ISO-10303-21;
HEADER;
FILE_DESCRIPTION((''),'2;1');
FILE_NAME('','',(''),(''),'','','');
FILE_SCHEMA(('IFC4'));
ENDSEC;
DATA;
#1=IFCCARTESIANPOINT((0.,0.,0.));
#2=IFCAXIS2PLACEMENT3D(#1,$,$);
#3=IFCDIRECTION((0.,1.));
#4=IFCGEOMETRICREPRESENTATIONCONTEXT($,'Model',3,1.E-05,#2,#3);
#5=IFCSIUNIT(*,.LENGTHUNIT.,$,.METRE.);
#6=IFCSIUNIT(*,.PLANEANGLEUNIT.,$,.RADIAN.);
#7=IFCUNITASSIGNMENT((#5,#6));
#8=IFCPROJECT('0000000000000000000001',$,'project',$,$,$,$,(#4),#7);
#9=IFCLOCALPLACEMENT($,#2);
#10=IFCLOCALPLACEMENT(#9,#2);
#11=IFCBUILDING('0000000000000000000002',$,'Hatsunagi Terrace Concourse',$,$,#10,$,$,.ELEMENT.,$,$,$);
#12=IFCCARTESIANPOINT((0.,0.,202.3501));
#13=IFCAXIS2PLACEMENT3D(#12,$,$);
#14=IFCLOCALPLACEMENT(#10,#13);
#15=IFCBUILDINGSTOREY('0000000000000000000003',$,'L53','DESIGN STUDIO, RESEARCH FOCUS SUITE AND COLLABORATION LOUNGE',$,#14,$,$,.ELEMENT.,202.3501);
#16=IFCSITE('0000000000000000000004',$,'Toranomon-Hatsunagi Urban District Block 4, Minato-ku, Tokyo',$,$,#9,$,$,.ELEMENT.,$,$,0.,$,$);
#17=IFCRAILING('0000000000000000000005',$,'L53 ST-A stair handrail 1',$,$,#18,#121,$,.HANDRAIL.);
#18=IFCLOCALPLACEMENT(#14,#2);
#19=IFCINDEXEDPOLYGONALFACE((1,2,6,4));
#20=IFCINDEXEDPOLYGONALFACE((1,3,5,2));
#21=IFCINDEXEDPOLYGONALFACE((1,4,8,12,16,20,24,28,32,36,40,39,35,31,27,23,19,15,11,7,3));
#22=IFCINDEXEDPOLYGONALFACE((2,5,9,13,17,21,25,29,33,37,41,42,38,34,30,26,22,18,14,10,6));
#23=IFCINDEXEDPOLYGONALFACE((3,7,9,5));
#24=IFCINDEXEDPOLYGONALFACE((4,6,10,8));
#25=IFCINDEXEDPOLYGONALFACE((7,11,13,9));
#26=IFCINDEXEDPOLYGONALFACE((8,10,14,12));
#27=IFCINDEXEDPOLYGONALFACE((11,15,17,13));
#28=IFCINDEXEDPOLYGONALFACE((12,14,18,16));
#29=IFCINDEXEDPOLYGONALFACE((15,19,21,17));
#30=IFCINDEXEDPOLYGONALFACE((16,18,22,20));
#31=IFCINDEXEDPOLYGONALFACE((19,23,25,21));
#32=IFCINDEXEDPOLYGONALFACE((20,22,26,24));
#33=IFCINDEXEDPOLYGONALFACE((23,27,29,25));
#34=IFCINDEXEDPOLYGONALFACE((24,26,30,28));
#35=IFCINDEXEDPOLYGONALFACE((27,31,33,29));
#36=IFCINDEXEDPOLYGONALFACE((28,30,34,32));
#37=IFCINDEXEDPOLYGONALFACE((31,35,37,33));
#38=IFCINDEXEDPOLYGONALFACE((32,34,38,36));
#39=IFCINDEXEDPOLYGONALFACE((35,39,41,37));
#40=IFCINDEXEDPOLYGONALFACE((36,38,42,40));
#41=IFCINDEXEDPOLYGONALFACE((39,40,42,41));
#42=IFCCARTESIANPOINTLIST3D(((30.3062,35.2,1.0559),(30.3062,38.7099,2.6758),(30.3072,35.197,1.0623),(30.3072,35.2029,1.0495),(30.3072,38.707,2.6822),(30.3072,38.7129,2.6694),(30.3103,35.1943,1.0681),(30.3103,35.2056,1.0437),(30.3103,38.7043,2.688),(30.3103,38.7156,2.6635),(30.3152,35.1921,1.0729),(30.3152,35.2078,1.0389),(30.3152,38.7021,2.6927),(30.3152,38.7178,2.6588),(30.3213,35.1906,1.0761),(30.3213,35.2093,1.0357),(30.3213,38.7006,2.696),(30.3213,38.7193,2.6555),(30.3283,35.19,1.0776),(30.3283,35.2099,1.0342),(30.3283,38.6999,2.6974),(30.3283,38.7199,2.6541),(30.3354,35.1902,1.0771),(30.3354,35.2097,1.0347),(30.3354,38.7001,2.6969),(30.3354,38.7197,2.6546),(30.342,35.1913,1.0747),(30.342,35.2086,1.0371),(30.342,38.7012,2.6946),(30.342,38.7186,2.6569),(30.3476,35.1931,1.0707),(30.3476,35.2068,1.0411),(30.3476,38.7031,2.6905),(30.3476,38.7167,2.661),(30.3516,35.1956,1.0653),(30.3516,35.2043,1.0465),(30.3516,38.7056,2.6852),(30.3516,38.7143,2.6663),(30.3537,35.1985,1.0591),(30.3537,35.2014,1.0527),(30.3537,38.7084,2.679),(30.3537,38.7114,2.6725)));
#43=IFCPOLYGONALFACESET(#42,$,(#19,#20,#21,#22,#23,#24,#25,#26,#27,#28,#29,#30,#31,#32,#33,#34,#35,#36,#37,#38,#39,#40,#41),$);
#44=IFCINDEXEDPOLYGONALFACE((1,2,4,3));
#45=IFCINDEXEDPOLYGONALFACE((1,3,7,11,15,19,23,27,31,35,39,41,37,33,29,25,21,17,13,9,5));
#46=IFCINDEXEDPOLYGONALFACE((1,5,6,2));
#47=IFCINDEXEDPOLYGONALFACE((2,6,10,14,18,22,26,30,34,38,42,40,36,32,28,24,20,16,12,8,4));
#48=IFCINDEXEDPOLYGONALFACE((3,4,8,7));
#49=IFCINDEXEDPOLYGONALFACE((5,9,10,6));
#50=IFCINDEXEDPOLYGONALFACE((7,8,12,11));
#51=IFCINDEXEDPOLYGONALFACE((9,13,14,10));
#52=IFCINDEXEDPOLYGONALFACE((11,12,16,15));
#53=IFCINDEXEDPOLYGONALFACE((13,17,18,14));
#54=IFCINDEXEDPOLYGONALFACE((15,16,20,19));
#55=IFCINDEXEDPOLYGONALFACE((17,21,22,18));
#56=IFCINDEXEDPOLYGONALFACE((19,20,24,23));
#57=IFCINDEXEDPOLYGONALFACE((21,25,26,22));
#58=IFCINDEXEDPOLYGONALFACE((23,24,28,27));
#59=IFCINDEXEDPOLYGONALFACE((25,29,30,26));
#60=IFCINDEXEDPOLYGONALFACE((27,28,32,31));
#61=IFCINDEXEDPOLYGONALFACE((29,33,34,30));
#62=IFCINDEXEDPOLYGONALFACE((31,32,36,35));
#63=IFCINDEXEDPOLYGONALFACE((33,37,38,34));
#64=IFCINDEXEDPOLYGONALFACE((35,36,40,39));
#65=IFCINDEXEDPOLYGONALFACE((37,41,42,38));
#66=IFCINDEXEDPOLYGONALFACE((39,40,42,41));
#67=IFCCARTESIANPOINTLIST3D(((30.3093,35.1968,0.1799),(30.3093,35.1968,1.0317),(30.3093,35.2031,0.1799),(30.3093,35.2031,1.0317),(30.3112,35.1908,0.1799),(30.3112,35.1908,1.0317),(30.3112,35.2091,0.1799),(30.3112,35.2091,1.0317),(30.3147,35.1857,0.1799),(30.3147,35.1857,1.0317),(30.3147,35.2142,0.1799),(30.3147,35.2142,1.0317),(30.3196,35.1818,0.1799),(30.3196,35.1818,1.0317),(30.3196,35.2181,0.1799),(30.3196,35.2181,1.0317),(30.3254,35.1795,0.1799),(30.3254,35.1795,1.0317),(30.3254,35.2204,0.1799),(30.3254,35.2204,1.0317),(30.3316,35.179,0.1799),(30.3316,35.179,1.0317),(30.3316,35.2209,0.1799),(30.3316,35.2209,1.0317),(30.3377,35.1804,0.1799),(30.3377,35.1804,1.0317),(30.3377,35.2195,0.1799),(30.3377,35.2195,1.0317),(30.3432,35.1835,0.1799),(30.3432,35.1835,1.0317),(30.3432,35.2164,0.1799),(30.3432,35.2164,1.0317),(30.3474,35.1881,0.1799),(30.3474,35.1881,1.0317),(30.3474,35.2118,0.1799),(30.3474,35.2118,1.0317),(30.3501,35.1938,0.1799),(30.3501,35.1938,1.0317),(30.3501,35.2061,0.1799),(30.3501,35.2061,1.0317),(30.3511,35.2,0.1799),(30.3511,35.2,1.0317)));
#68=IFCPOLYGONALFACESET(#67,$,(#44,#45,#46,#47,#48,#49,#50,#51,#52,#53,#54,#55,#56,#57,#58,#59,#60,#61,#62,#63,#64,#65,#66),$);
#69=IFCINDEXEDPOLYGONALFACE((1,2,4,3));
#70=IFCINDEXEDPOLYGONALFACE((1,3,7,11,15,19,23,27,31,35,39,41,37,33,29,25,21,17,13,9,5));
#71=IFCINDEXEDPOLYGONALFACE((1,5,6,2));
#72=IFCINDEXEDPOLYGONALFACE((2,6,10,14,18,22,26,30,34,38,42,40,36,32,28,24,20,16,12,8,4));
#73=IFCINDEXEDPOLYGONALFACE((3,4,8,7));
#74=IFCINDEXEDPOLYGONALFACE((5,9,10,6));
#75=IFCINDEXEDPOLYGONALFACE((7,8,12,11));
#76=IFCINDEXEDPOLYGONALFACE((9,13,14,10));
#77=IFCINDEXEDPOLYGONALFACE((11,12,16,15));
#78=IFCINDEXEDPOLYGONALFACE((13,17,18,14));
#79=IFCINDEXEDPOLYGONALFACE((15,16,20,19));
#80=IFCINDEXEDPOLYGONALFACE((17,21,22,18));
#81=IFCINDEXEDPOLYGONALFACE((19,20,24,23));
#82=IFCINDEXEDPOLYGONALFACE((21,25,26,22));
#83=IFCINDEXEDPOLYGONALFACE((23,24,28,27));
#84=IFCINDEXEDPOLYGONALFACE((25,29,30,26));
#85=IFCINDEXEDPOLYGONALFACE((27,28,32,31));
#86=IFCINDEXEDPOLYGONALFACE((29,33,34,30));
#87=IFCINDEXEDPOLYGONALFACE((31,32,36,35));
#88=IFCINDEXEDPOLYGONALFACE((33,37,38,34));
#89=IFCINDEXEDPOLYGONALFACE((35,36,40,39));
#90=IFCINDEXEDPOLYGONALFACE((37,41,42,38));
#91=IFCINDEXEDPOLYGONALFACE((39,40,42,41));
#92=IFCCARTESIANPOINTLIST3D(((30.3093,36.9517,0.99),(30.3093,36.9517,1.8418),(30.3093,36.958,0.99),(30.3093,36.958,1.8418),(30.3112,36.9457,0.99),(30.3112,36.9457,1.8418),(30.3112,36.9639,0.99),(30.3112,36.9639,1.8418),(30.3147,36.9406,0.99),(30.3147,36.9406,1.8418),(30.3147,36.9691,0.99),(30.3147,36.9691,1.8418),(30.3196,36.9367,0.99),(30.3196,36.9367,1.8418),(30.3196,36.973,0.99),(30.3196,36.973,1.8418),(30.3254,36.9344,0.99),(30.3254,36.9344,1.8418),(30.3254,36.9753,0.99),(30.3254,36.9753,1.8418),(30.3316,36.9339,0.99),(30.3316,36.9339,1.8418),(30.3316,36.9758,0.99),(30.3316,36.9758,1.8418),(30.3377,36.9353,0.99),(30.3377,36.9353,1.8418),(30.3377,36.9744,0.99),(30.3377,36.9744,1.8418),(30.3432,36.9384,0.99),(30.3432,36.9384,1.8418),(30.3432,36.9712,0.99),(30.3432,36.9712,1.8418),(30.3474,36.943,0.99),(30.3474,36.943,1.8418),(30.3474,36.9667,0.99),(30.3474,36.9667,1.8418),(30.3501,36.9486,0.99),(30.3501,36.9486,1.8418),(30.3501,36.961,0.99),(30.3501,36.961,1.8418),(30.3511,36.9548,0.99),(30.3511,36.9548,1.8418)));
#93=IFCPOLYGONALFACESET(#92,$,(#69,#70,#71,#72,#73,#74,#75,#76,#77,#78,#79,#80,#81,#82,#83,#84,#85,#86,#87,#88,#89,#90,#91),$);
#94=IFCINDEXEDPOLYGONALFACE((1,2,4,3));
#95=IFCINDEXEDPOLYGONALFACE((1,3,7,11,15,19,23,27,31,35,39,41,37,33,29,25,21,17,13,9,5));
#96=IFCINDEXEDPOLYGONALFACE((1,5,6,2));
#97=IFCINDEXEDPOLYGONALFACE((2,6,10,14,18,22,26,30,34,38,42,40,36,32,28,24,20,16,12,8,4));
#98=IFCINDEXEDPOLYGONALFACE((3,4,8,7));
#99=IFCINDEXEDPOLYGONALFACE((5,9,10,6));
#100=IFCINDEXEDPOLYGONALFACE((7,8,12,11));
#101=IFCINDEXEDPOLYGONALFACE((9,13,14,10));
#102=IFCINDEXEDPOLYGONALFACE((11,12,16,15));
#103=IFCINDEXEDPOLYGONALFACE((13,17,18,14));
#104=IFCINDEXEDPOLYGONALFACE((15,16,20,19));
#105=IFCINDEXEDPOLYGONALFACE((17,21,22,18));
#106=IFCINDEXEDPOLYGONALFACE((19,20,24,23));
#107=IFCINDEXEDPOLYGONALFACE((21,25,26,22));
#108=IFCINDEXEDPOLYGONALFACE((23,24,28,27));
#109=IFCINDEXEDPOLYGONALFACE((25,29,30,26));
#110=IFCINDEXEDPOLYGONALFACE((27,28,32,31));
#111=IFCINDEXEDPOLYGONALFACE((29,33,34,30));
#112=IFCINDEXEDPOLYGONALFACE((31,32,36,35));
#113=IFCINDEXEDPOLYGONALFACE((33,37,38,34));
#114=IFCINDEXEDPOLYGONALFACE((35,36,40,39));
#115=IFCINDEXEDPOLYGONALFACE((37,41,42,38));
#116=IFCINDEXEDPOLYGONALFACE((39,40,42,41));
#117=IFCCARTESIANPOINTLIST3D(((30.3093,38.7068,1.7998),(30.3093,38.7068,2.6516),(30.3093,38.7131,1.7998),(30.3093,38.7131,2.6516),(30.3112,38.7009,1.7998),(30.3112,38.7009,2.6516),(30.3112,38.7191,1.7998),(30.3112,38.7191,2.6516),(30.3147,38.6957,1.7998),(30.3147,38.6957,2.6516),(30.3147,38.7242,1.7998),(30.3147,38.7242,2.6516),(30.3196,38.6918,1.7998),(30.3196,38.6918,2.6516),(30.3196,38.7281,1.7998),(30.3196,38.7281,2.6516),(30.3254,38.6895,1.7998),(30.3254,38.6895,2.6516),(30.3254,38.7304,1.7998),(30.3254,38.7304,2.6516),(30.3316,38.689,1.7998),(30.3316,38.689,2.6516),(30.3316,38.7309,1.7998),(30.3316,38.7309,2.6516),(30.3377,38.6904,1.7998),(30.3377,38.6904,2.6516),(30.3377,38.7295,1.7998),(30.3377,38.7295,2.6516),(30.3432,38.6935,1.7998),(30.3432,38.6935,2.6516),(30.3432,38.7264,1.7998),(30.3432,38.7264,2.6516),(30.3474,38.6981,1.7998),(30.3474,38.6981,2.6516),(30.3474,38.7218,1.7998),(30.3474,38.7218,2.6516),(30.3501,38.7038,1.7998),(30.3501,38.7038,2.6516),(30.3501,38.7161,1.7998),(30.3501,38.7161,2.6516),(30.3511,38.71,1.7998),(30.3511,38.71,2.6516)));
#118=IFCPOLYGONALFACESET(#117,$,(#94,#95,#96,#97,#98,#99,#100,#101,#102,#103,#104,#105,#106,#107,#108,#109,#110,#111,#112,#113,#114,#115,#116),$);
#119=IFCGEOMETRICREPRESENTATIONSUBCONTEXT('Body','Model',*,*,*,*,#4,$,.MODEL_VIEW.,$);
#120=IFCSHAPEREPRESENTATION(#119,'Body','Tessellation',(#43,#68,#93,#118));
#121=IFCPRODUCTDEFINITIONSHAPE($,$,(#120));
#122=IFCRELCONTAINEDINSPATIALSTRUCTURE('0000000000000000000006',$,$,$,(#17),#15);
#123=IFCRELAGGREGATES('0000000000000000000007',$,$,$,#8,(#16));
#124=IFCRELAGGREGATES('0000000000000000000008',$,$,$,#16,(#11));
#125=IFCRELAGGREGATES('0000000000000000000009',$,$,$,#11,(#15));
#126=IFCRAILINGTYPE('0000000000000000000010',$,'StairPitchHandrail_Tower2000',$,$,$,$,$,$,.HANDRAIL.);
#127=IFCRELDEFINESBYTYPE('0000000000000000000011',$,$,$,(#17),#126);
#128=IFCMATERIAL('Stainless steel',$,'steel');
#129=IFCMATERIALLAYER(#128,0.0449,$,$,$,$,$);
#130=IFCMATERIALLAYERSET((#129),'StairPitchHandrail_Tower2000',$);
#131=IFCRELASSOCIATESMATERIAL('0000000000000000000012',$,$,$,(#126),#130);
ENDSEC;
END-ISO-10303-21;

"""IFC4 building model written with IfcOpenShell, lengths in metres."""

from ifc_helpers import new_model, si_unit, direction, frame, origin, origin_2d, place, context, subcontext, project, spatial, circle, extrude, material, layer, layer_set, type_object, element, save


model = new_model("IFC4")

# Units and contexts
model_context = context("Model", 3, precision=1e-05, world=origin(), true_north=direction((0.0, 1.0)))
body_context = subcontext(model_context, "Body", "Model", "MODEL_VIEW")
ifc_project = project(units=[si_unit("LENGTHUNIT", "METRE"), si_unit("PLANEANGLEUNIT", "RADIAN")], contexts=[model_context])

# Site, building, storey
site_placement = place(None, origin())
site = spatial("IfcSite", under=ifc_project, at=site_placement, Name="Toranomon-Hatsunagi Urban District Block 4, Minato-ku, Tokyo", CompositionType="ELEMENT", RefElevation=0.0)
building_placement = place(site_placement, origin())
building = spatial("IfcBuilding", under=site, at=building_placement, Name="Hatsunagi Terrace Concourse", CompositionType="ELEMENT")
storey_placement = place(building_placement, frame((0.0, 0.0, 202.3501)))
storey = spatial("IfcBuildingStorey", under=building, at=storey_placement, Name="L53", Description="DESIGN STUDIO, RESEARCH FOCUS SUITE AND COLLABORATION LOUNGE", CompositionType="ELEMENT", Elevation=202.3501)

# Railing
ifc_material_1 = material(Name="Stainless steel", Category="steel")
ifc_layer_1 = layer(ifc_material_1, 0.0449)
ifc_layer_set_1 = layer_set([ifc_layer_1], Name="StairPitchHandrail_Tower2000")
railing_type_1 = type_object("IfcRailingType", Name="StairPitchHandrail_Tower2000", PredefinedType="HANDRAIL", material=ifc_layer_set_1)
railing_1_placement = place(storey_placement, frame((30.3301, 35.2, 0.1799)))
element("IfcRailing", 1, at=railing_1_placement, inside=storey, type_object=railing_type_1, Name="L53 ST-A stair handrail 1", PredefinedType="HANDRAIL", context=body_context, shape_type="SweptSolid", body=[
    extrude(circle(Radius=0.0239, at=origin_2d()), frame((0.0, 0.0, 0.876), z_axis=(0.0, 0.907972, 0.41903), x_axis=(-1.0, 0.0, 0.0)), (0.0, 0.0, 1.0), 3.8657),
    extrude(circle(Radius=0.021, at=origin_2d()), origin(), (0.0, 0.0, 1.0), 0.8518),
    extrude(circle(Radius=0.021, at=origin_2d()), frame((0.0, 1.7549, 0.8101)), (0.0, 0.0, 1.0), 0.8518),
    extrude(circle(Radius=0.021, at=origin_2d()), frame((0.0, 3.51, 1.6199)), (0.0, 0.0, 1.0), 0.8518),
])

save(model, "model.ifc")
